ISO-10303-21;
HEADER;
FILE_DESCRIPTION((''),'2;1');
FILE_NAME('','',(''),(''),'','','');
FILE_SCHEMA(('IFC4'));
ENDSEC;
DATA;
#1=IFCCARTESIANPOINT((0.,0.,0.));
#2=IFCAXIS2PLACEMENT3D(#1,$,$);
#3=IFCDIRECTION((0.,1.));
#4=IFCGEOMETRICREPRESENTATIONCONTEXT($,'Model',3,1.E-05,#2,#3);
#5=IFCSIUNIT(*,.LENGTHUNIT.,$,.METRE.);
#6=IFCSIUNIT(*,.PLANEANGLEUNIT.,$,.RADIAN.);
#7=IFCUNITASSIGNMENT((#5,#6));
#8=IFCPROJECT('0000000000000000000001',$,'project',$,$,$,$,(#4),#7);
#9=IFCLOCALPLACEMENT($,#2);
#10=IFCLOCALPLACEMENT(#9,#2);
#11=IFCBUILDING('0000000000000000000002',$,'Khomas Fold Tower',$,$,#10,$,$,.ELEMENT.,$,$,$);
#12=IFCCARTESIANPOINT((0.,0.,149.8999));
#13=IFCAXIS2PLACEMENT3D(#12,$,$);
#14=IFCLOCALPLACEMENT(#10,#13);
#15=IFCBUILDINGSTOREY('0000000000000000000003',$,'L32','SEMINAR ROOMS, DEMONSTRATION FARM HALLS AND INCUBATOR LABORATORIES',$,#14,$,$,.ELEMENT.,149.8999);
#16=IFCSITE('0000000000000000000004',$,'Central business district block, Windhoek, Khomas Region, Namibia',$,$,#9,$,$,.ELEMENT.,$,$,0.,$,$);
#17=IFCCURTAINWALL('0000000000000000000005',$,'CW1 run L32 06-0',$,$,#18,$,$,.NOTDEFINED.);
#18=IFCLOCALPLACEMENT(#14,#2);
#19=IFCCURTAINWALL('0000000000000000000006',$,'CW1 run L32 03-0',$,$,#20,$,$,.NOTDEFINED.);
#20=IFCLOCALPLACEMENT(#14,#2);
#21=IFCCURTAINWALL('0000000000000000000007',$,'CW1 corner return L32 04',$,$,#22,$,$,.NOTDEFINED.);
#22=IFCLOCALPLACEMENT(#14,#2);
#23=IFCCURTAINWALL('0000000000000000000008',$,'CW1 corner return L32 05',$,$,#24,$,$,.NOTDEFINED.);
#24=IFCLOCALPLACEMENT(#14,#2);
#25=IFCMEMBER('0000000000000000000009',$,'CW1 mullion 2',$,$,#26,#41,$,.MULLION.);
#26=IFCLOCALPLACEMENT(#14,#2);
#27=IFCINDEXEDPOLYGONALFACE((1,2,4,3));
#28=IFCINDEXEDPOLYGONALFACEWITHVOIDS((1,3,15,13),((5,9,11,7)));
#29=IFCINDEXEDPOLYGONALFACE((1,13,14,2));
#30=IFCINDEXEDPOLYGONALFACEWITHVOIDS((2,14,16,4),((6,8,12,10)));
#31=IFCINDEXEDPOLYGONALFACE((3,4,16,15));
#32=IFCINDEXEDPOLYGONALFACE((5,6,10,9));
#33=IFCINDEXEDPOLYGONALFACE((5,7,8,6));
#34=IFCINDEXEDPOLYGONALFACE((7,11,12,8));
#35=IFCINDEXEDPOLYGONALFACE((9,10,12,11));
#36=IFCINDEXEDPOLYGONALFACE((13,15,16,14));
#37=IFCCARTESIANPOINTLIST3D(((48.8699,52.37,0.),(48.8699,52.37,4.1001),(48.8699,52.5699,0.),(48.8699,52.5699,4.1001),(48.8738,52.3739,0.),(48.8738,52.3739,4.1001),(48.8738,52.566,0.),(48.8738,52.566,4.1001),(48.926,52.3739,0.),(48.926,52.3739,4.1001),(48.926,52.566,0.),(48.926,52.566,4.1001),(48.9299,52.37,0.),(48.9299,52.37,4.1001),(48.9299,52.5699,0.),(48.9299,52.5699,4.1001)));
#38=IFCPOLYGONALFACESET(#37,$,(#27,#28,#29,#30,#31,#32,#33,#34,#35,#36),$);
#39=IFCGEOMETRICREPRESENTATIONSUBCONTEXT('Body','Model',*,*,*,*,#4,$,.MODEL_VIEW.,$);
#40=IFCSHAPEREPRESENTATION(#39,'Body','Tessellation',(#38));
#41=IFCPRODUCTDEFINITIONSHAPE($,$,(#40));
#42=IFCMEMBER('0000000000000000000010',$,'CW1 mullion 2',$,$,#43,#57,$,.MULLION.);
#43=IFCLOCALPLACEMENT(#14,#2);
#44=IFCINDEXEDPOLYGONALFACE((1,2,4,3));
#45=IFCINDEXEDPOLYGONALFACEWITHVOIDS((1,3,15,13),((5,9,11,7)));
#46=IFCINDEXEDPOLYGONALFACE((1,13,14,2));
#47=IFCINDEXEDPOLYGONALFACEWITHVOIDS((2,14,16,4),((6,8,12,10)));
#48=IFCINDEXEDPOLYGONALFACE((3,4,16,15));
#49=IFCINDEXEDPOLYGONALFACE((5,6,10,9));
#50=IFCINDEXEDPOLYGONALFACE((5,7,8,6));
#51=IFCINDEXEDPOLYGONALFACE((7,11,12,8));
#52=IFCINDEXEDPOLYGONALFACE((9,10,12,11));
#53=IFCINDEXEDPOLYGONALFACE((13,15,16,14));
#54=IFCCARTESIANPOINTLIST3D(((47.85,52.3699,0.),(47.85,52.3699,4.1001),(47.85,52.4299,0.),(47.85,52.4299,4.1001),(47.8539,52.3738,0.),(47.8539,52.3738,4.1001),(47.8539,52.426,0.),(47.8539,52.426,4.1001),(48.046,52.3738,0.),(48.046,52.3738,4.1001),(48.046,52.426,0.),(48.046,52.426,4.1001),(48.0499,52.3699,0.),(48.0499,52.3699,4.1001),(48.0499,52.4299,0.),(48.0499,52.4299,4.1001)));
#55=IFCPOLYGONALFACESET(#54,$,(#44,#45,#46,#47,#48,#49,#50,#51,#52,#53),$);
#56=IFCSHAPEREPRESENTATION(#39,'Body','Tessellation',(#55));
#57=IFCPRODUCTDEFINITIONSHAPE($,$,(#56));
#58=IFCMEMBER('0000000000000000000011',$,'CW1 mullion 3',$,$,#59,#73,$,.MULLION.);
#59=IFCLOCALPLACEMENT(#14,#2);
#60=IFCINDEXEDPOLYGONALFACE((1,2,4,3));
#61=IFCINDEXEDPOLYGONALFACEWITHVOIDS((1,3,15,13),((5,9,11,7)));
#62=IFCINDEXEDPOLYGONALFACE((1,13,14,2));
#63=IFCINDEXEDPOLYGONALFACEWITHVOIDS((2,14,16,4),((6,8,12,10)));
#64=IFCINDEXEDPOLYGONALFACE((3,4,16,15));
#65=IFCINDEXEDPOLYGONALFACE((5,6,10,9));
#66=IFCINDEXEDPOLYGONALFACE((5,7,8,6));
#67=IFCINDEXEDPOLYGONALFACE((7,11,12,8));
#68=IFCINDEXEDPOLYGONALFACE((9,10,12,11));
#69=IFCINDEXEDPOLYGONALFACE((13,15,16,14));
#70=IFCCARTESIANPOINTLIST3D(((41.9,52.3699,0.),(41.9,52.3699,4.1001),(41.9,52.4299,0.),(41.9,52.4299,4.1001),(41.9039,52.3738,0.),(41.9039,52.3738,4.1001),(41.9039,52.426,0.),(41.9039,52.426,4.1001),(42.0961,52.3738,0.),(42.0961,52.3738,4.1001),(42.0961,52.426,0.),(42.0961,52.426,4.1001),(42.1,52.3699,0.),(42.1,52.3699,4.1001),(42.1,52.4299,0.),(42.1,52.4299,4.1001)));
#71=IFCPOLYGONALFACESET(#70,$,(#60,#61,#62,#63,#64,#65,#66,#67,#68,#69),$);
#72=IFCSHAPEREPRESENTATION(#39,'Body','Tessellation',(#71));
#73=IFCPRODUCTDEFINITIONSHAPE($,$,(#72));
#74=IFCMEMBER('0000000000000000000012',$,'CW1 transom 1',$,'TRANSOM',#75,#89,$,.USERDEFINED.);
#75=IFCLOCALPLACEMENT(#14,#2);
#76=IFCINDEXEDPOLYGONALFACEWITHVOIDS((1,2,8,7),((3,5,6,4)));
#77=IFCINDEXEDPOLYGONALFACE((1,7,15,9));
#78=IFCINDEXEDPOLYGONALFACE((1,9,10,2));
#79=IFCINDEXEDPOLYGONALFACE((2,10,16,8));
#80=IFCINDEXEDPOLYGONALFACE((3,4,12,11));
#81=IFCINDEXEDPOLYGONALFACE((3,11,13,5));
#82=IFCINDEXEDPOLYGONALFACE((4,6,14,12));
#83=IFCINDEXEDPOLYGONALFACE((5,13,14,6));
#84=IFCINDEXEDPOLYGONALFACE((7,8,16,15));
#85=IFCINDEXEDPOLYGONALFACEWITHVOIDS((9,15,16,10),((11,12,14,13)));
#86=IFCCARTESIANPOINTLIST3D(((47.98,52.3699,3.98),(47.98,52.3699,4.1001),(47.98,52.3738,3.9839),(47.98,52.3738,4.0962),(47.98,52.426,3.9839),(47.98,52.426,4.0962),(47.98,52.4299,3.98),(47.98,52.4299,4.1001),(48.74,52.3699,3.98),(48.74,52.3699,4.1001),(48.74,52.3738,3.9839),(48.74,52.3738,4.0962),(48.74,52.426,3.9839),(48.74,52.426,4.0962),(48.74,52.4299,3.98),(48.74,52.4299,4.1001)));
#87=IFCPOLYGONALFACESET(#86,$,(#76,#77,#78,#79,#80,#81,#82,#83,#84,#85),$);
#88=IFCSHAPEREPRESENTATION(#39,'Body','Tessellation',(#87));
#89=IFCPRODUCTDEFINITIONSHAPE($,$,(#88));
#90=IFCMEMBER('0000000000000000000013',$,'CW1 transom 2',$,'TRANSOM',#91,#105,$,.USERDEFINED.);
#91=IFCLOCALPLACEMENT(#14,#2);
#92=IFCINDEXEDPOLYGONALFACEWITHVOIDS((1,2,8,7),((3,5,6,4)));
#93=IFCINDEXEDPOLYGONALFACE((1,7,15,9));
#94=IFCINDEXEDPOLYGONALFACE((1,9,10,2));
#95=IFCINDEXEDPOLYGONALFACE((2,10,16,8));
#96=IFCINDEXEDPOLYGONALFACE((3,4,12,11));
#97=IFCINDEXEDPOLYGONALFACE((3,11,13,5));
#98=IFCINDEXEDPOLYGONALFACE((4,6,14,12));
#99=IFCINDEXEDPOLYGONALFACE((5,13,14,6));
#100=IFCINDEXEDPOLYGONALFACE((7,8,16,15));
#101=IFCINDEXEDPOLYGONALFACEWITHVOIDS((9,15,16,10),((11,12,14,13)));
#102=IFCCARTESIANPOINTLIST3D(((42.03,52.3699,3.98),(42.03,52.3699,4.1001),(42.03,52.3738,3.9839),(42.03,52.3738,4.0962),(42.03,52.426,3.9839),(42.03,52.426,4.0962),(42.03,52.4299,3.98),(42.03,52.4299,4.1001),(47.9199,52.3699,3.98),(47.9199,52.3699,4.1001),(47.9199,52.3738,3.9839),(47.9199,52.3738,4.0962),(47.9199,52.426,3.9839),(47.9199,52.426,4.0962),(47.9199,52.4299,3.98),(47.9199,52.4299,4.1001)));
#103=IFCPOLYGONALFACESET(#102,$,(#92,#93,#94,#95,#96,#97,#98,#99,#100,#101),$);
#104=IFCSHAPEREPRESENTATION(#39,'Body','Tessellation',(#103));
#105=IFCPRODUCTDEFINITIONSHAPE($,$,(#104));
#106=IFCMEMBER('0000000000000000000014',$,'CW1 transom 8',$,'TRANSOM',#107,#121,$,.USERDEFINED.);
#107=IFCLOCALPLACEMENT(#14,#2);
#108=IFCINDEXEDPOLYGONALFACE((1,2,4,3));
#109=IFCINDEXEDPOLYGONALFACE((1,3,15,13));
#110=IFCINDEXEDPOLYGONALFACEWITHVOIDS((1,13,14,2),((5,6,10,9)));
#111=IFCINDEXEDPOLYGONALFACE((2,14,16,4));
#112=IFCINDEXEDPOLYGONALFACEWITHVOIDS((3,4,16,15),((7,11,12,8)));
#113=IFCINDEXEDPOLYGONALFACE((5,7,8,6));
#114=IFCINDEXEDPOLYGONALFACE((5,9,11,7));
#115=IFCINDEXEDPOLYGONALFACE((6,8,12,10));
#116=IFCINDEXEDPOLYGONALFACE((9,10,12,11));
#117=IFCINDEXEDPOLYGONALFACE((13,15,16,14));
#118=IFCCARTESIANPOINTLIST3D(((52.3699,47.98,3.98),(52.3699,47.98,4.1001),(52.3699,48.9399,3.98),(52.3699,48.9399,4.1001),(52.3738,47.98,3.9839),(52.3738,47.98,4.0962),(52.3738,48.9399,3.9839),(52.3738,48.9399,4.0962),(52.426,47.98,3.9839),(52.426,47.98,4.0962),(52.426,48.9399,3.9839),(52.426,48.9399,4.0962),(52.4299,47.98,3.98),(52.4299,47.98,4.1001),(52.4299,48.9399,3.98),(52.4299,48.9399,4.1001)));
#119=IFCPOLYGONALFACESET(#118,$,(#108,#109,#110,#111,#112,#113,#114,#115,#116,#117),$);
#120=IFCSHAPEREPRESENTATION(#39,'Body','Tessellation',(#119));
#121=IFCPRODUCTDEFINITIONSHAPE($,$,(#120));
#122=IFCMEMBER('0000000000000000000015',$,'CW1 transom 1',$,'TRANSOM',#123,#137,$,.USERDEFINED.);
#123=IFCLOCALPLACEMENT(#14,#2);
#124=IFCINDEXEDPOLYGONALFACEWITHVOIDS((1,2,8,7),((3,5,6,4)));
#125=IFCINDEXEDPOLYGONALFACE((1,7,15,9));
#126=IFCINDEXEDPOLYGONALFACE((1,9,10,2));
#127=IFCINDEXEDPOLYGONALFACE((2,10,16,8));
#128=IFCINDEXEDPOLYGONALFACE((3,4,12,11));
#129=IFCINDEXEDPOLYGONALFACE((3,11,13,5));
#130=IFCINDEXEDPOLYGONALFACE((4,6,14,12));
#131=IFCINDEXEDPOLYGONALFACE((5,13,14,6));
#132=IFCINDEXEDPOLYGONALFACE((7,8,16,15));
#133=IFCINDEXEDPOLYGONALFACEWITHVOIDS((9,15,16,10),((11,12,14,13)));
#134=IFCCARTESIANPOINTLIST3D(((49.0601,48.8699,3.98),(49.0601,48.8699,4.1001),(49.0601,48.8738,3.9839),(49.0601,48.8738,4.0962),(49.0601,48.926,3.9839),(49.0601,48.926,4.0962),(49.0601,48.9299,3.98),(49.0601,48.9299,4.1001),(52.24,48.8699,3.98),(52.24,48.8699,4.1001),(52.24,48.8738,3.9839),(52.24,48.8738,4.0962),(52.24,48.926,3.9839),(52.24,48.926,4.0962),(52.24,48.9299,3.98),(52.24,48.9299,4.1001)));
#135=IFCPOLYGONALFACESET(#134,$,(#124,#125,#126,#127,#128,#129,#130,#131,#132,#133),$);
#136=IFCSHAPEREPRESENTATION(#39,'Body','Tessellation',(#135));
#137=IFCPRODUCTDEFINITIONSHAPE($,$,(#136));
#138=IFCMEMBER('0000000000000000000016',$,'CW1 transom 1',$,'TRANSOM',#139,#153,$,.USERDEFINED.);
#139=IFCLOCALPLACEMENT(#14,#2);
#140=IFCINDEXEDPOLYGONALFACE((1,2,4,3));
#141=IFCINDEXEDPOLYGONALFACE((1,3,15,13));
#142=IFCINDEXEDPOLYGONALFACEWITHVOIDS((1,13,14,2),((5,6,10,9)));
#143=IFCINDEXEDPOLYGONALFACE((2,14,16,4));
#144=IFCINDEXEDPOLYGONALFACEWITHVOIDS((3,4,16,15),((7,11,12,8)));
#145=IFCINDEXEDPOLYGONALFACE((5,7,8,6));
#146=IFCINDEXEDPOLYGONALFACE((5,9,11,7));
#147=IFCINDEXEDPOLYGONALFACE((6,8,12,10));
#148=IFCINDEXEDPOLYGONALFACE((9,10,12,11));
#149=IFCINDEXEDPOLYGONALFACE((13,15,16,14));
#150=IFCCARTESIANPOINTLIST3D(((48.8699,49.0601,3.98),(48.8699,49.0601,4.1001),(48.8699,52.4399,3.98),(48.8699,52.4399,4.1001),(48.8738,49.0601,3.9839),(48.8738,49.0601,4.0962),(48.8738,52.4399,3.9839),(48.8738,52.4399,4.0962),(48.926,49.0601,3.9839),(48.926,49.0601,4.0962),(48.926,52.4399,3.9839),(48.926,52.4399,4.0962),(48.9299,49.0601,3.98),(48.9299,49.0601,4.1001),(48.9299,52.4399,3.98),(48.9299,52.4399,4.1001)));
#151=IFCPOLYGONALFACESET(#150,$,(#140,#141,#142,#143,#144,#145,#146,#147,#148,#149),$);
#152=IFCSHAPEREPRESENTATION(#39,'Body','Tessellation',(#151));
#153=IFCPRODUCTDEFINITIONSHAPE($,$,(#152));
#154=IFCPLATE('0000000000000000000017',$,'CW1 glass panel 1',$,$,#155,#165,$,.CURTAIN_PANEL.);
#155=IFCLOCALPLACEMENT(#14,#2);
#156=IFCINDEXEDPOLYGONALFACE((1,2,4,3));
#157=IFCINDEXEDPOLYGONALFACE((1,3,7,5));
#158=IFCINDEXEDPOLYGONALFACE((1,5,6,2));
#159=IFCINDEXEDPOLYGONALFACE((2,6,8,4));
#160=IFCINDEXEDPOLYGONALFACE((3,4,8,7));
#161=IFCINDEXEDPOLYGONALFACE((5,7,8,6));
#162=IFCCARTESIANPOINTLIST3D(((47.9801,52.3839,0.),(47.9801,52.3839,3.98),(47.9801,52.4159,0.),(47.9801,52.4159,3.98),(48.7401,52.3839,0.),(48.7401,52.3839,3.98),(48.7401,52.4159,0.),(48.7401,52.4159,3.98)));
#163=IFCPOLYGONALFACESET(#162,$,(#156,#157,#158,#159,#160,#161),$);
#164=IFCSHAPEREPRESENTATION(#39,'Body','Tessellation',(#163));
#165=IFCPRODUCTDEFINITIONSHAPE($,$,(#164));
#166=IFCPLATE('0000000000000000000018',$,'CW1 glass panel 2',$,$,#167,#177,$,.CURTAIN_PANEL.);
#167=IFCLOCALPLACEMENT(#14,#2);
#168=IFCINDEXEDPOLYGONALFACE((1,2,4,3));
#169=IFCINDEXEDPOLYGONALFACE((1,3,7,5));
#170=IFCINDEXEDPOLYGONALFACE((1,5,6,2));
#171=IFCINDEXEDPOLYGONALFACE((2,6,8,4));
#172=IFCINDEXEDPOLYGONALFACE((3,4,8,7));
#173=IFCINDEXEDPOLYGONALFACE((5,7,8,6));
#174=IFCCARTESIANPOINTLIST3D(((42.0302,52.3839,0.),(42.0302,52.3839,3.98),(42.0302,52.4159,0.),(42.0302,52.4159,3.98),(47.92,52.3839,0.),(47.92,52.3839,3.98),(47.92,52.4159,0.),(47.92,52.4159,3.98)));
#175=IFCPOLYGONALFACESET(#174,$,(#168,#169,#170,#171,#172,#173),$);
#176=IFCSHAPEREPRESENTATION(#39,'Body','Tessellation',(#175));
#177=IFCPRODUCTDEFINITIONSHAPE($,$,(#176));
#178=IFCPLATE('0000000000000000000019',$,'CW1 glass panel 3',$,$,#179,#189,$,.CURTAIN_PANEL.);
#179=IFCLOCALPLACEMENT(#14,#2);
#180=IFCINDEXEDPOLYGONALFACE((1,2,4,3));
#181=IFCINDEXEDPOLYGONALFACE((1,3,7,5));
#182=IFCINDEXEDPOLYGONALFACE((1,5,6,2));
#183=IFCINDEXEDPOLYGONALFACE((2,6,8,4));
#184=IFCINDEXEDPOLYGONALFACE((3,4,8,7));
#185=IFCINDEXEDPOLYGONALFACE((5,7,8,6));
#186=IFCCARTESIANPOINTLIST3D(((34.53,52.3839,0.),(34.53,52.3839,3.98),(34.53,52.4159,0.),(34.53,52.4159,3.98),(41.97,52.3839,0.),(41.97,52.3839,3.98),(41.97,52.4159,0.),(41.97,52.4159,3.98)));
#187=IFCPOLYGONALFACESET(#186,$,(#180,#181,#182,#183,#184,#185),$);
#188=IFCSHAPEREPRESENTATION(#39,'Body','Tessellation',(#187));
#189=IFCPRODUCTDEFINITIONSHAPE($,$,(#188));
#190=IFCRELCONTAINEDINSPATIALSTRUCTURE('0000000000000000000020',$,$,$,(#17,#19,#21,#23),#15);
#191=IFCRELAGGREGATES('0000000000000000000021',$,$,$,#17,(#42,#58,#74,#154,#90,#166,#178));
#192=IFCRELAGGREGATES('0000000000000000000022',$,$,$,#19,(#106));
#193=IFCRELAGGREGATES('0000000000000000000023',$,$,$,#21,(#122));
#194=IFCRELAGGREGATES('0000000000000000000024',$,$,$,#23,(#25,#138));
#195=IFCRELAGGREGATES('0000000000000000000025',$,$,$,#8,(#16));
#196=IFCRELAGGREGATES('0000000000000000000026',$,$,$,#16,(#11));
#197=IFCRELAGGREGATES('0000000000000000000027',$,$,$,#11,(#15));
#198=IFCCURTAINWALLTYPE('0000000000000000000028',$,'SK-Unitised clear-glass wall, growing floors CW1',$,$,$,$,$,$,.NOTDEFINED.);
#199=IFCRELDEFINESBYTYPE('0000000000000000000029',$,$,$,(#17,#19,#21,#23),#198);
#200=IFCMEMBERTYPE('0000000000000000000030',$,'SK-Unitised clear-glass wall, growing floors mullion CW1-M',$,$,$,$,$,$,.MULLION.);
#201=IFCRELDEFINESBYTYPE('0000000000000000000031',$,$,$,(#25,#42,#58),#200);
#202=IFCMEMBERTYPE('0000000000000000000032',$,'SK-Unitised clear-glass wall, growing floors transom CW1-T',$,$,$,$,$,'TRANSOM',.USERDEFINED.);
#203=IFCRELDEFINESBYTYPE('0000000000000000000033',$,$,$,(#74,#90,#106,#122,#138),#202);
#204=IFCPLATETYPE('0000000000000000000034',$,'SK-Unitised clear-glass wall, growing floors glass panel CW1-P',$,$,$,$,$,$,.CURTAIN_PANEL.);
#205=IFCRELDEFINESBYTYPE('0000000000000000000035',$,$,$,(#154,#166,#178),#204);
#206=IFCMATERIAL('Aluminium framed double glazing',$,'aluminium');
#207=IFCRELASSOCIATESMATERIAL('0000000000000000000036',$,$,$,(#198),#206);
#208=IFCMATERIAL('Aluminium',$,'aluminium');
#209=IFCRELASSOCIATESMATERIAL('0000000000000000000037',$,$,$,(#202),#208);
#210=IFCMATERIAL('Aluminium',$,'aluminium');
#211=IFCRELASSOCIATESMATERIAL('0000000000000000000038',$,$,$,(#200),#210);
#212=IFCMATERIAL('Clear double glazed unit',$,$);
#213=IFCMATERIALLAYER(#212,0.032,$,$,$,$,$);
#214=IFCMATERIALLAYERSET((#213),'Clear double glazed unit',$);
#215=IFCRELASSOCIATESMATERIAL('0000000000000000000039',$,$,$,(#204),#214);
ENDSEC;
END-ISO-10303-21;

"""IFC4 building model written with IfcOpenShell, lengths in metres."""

from ifc_helpers import new_model, si_unit, direction, frame, origin, origin_2d, place, context, subcontext, project, spatial, rectangle, hollow_rectangle, extrude, source, transform, mapped, material, layer, layer_set, material_profile, profile_set, type_object, element, aggregate, save


model = new_model("IFC4")

# Units and contexts
model_context = context("Model", 3, precision=1e-05, world=origin(), true_north=direction((0.0, 1.0)))
body_context = subcontext(model_context, "Body", "Model", "MODEL_VIEW")
ifc_project = project(units=[si_unit("LENGTHUNIT", "METRE"), si_unit("PLANEANGLEUNIT", "RADIAN")], contexts=[model_context])

# Site, building, storey
site_placement = place(None, origin())
site = spatial("IfcSite", under=ifc_project, at=site_placement, Name="Central business district block, Windhoek, Khomas Region, Namibia", CompositionType="ELEMENT", RefElevation=0.0)
building_placement = place(site_placement, origin())
building = spatial("IfcBuilding", under=site, at=building_placement, Name="Khomas Fold Tower", CompositionType="ELEMENT")
storey_placement = place(building_placement, frame((0.0, 0.0, 149.8999)))
storey = spatial("IfcBuildingStorey", under=building, at=storey_placement, Name="L32", Description="SEMINAR ROOMS, DEMONSTRATION FARM HALLS AND INCUBATOR LABORATORIES", CompositionType="ELEMENT", Elevation=149.8999)

# Curtain wall
ifc_material_1 = material(Name="Aluminium framed double glazing", Category="aluminium")
curtain_wall_type = type_object("IfcCurtainWallType", Name="SK-Unitised clear-glass wall, growing floors CW1", PredefinedType="NOTDEFINED", material=ifc_material_1)
curtain_wall_1_placement = place(storey_placement, origin())
curtain_wall_1 = element("IfcCurtainWall", 1, at=curtain_wall_1_placement, inside=storey, type_object=curtain_wall_type, Name="CW1 run L32 06-0", PredefinedType="NOTDEFINED")
ifc_material_2 = material(Name="Aluminium", Category="aluminium")
ifc_material_profile_1 = material_profile(ifc_material_2, hollow_rectangle(XDim=0.0601, YDim=0.1201, WallThickness=0.0039, at=origin_2d()), Name="SK-Unitised clear-glass wall, growing floors transom CW1-T")
ifc_profile_set_1 = profile_set([ifc_material_profile_1], Name="Aluminium")
member_type_1 = type_object("IfcMemberType", Name="SK-Unitised clear-glass wall, growing floors transom CW1-T", ElementType="TRANSOM", PredefinedType="USERDEFINED", material=ifc_profile_set_1)

# Curtain walls, member
curtain_wall_2_placement = place(storey_placement, origin())
curtain_wall_2 = element("IfcCurtainWall", 2, at=curtain_wall_2_placement, inside=storey, type_object=curtain_wall_type, Name="CW1 run L32 03-0", PredefinedType="NOTDEFINED")
ifc_material_3 = material(Name="Aluminium", Category="aluminium")
ifc_material_profile_2 = material_profile(ifc_material_3, hollow_rectangle(XDim=0.0601, YDim=0.2, WallThickness=0.0039, at=origin_2d()), Name="SK-Unitised clear-glass wall, growing floors mullion CW1-M")
ifc_profile_set_2 = profile_set([ifc_material_profile_2], Name="Aluminium")
member_type_2 = type_object("IfcMemberType", Name="SK-Unitised clear-glass wall, growing floors mullion CW1-M", PredefinedType="MULLION", material=ifc_profile_set_2)
shared_shape_1 = source(origin(), body_context, "Body", "SweptSolid", [
    extrude(hollow_rectangle(XDim=0.0601, YDim=0.2, WallThickness=0.0039, at=origin_2d()), origin(), (0.0, 0.0, 1.0), 4.1001),
])
curtain_wall_3_placement = place(storey_placement, origin())
curtain_wall_3 = element("IfcCurtainWall", 3, at=curtain_wall_3_placement, inside=storey, type_object=curtain_wall_type, Name="CW1 corner return L32 04", PredefinedType="NOTDEFINED")
curtain_wall_4_placement = place(storey_placement, origin())
curtain_wall_4 = element("IfcCurtainWall", 4, at=curtain_wall_4_placement, inside=storey, type_object=curtain_wall_type, Name="CW1 corner return L32 05", PredefinedType="NOTDEFINED")
member_1_placement = place(storey_placement, frame((48.8999, 52.47, 0.0), z_axis=(0.0, 0.0, 1.0), x_axis=(-1.0, 0.0, 0.0)))
member_1 = element("IfcMember", 5, at=member_1_placement, type_object=member_type_2, Name="CW1 mullion 2", PredefinedType="MULLION", context=body_context, shape_type="MappedRepresentation", body=[
    mapped(shared_shape_1, transform((0.0, 0.0, 0.0))),
])

# Members
member_2_placement = place(storey_placement, frame((47.95, 52.3999, 0.0), z_axis=(0.0, 0.0, 1.0), x_axis=(0.0, -1.0, 0.0)))
member_2 = element("IfcMember", 6, at=member_2_placement, type_object=member_type_2, Name="CW1 mullion 2", PredefinedType="MULLION", context=body_context, shape_type="MappedRepresentation", body=[
    mapped(shared_shape_1, transform((0.0, 0.0, 0.0))),
])
member_3_placement = place(storey_placement, frame((42.0, 52.3999, 0.0), z_axis=(0.0, 0.0, 1.0), x_axis=(0.0, -1.0, 0.0)))
member_3 = element("IfcMember", 7, at=member_3_placement, type_object=member_type_2, Name="CW1 mullion 3", PredefinedType="MULLION", context=body_context, shape_type="MappedRepresentation", body=[
    mapped(shared_shape_1, transform((0.0, 0.0, 0.0))),
])
shared_shape_2 = source(origin(), body_context, "Body", "SweptSolid", [
    extrude(hollow_rectangle(XDim=0.0601, YDim=0.1201, WallThickness=0.0039, at=origin_2d()), origin(), (0.0, 0.0, 1.0), 0.76),
])
member_4_placement = place(storey_placement, frame((48.74, 52.3999, 4.04), z_axis=(-1.0, 0.0, 0.0), x_axis=(0.0, -1.0, 0.0)))
member_4 = element("IfcMember", 8, at=member_4_placement, type_object=member_type_1, Name="CW1 transom 1", ObjectType="TRANSOM", PredefinedType="USERDEFINED", context=body_context, shape_type="MappedRepresentation", body=[
    mapped(shared_shape_2, transform((0.0, 0.0, 0.0))),
])
shared_shape_3 = source(origin(), body_context, "Body", "SweptSolid", [
    extrude(hollow_rectangle(XDim=0.0601, YDim=0.1201, WallThickness=0.0039, at=origin_2d()), origin(), (0.0, 0.0, 1.0), 5.8899),
])
member_5_placement = place(storey_placement, frame((47.9199, 52.3999, 4.04), z_axis=(-1.0, 0.0, 0.0), x_axis=(0.0, -1.0, 0.0)))
member_5 = element("IfcMember", 9, at=member_5_placement, type_object=member_type_1, Name="CW1 transom 2", ObjectType="TRANSOM", PredefinedType="USERDEFINED", context=body_context, shape_type="MappedRepresentation", body=[
    mapped(shared_shape_3, transform((0.0, 0.0, 0.0))),
])
shared_shape_4 = source(origin(), body_context, "Body", "SweptSolid", [
    extrude(hollow_rectangle(XDim=0.0601, YDim=0.1201, WallThickness=0.0039, at=origin_2d()), origin(), (0.0, 0.0, 1.0), 0.96),
])
member_6_placement = place(storey_placement, frame((52.3999, 47.98, 4.04), z_axis=(0.0, 1.0, 0.0), x_axis=(-1.0, 0.0, 0.0)))
member_6 = element("IfcMember", 10, at=member_6_placement, type_object=member_type_1, Name="CW1 transom 8", ObjectType="TRANSOM", PredefinedType="USERDEFINED", context=body_context, shape_type="MappedRepresentation", body=[
    mapped(shared_shape_4, transform((0.0, 0.0, 0.0))),
])
shared_shape_5 = source(origin(), body_context, "Body", "SweptSolid", [
    extrude(hollow_rectangle(XDim=0.0601, YDim=0.1201, WallThickness=0.0039, at=origin_2d()), origin(), (0.0, 0.0, 1.0), 3.1799),
])
member_7_placement = place(storey_placement, frame((52.24, 48.8999, 4.04), z_axis=(-1.0, 0.0, 0.0), x_axis=(0.0, -1.0, 0.0)))
member_7 = element("IfcMember", 11, at=member_7_placement, type_object=member_type_1, Name="CW1 transom 1", ObjectType="TRANSOM", PredefinedType="USERDEFINED", context=body_context, shape_type="MappedRepresentation", body=[
    mapped(shared_shape_5, transform((0.0, 0.0, 0.0))),
])
shared_shape_6 = source(origin(), body_context, "Body", "SweptSolid", [
    extrude(hollow_rectangle(XDim=0.0601, YDim=0.1201, WallThickness=0.0039, at=origin_2d()), origin(), (0.0, 0.0, 1.0), 3.3799),
])
member_8_placement = place(storey_placement, frame((48.8999, 49.0601, 4.04), z_axis=(0.0, 1.0, 0.0), x_axis=(-1.0, 0.0, 0.0)))
member_8 = element("IfcMember", 12, at=member_8_placement, type_object=member_type_1, Name="CW1 transom 1", ObjectType="TRANSOM", PredefinedType="USERDEFINED", context=body_context, shape_type="MappedRepresentation", body=[
    mapped(shared_shape_6, transform((0.0, 0.0, 0.0))),
])

# Plates
ifc_material_4 = material(Name="Clear double glazed unit")
ifc_layer_1 = layer(ifc_material_4, 0.032)
ifc_layer_set_1 = layer_set([ifc_layer_1], Name="Clear double glazed unit")
plate_type = type_object("IfcPlateType", Name="SK-Unitised clear-glass wall, growing floors glass panel CW1-P", PredefinedType="CURTAIN_PANEL", material=ifc_layer_set_1)
shared_shape_7 = source(origin(), body_context, "Body", "SweptSolid", [
    extrude(rectangle(XDim=0.76, YDim=0.032, at=origin_2d()), origin(), (0.0, 0.0, 1.0), 3.98),
])
plate_1_placement = place(storey_placement, frame((48.3601, 52.3999, 0.0), z_axis=(0.0, 0.0, 1.0), x_axis=(-1.0, 0.0, 0.0)))
plate_1 = element("IfcPlate", 13, at=plate_1_placement, type_object=plate_type, Name="CW1 glass panel 1", PredefinedType="CURTAIN_PANEL", context=body_context, shape_type="MappedRepresentation", body=[
    mapped(shared_shape_7, transform((0.0, 0.0, 0.0))),
])
shared_shape_8 = source(origin(), body_context, "Body", "SweptSolid", [
    extrude(rectangle(XDim=5.8899, YDim=0.032, at=origin_2d()), origin(), (0.0, 0.0, 1.0), 3.98),
])
plate_2_placement = place(storey_placement, frame((44.9751, 52.3999, 0.0), z_axis=(0.0, 0.0, 1.0), x_axis=(-1.0, 0.0, 0.0)))
plate_2 = element("IfcPlate", 14, at=plate_2_placement, type_object=plate_type, Name="CW1 glass panel 2", PredefinedType="CURTAIN_PANEL", context=body_context, shape_type="MappedRepresentation", body=[
    mapped(shared_shape_8, transform((0.0, 0.0, 0.0))),
])
shared_shape_9 = source(origin(), body_context, "Body", "SweptSolid", [
    extrude(rectangle(XDim=7.4399, YDim=0.032, at=origin_2d()), origin(), (0.0, 0.0, 1.0), 3.98),
])
plate_3_placement = place(storey_placement, frame((38.25, 52.3999, 0.0), z_axis=(0.0, 0.0, 1.0), x_axis=(-1.0, 0.0, 0.0)))
plate_3 = element("IfcPlate", 15, at=plate_3_placement, type_object=plate_type, Name="CW1 glass panel 3", PredefinedType="CURTAIN_PANEL", context=body_context, shape_type="MappedRepresentation", body=[
    mapped(shared_shape_9, transform((0.0, 0.0, 0.0))),
])
aggregate(curtain_wall_1, [member_2, member_3, member_4, plate_1, member_5, plate_2, plate_3])
aggregate(curtain_wall_2, [member_6])
aggregate(curtain_wall_3, [member_7])
aggregate(curtain_wall_4, [member_1, member_8])

save(model, "model.ifc")
